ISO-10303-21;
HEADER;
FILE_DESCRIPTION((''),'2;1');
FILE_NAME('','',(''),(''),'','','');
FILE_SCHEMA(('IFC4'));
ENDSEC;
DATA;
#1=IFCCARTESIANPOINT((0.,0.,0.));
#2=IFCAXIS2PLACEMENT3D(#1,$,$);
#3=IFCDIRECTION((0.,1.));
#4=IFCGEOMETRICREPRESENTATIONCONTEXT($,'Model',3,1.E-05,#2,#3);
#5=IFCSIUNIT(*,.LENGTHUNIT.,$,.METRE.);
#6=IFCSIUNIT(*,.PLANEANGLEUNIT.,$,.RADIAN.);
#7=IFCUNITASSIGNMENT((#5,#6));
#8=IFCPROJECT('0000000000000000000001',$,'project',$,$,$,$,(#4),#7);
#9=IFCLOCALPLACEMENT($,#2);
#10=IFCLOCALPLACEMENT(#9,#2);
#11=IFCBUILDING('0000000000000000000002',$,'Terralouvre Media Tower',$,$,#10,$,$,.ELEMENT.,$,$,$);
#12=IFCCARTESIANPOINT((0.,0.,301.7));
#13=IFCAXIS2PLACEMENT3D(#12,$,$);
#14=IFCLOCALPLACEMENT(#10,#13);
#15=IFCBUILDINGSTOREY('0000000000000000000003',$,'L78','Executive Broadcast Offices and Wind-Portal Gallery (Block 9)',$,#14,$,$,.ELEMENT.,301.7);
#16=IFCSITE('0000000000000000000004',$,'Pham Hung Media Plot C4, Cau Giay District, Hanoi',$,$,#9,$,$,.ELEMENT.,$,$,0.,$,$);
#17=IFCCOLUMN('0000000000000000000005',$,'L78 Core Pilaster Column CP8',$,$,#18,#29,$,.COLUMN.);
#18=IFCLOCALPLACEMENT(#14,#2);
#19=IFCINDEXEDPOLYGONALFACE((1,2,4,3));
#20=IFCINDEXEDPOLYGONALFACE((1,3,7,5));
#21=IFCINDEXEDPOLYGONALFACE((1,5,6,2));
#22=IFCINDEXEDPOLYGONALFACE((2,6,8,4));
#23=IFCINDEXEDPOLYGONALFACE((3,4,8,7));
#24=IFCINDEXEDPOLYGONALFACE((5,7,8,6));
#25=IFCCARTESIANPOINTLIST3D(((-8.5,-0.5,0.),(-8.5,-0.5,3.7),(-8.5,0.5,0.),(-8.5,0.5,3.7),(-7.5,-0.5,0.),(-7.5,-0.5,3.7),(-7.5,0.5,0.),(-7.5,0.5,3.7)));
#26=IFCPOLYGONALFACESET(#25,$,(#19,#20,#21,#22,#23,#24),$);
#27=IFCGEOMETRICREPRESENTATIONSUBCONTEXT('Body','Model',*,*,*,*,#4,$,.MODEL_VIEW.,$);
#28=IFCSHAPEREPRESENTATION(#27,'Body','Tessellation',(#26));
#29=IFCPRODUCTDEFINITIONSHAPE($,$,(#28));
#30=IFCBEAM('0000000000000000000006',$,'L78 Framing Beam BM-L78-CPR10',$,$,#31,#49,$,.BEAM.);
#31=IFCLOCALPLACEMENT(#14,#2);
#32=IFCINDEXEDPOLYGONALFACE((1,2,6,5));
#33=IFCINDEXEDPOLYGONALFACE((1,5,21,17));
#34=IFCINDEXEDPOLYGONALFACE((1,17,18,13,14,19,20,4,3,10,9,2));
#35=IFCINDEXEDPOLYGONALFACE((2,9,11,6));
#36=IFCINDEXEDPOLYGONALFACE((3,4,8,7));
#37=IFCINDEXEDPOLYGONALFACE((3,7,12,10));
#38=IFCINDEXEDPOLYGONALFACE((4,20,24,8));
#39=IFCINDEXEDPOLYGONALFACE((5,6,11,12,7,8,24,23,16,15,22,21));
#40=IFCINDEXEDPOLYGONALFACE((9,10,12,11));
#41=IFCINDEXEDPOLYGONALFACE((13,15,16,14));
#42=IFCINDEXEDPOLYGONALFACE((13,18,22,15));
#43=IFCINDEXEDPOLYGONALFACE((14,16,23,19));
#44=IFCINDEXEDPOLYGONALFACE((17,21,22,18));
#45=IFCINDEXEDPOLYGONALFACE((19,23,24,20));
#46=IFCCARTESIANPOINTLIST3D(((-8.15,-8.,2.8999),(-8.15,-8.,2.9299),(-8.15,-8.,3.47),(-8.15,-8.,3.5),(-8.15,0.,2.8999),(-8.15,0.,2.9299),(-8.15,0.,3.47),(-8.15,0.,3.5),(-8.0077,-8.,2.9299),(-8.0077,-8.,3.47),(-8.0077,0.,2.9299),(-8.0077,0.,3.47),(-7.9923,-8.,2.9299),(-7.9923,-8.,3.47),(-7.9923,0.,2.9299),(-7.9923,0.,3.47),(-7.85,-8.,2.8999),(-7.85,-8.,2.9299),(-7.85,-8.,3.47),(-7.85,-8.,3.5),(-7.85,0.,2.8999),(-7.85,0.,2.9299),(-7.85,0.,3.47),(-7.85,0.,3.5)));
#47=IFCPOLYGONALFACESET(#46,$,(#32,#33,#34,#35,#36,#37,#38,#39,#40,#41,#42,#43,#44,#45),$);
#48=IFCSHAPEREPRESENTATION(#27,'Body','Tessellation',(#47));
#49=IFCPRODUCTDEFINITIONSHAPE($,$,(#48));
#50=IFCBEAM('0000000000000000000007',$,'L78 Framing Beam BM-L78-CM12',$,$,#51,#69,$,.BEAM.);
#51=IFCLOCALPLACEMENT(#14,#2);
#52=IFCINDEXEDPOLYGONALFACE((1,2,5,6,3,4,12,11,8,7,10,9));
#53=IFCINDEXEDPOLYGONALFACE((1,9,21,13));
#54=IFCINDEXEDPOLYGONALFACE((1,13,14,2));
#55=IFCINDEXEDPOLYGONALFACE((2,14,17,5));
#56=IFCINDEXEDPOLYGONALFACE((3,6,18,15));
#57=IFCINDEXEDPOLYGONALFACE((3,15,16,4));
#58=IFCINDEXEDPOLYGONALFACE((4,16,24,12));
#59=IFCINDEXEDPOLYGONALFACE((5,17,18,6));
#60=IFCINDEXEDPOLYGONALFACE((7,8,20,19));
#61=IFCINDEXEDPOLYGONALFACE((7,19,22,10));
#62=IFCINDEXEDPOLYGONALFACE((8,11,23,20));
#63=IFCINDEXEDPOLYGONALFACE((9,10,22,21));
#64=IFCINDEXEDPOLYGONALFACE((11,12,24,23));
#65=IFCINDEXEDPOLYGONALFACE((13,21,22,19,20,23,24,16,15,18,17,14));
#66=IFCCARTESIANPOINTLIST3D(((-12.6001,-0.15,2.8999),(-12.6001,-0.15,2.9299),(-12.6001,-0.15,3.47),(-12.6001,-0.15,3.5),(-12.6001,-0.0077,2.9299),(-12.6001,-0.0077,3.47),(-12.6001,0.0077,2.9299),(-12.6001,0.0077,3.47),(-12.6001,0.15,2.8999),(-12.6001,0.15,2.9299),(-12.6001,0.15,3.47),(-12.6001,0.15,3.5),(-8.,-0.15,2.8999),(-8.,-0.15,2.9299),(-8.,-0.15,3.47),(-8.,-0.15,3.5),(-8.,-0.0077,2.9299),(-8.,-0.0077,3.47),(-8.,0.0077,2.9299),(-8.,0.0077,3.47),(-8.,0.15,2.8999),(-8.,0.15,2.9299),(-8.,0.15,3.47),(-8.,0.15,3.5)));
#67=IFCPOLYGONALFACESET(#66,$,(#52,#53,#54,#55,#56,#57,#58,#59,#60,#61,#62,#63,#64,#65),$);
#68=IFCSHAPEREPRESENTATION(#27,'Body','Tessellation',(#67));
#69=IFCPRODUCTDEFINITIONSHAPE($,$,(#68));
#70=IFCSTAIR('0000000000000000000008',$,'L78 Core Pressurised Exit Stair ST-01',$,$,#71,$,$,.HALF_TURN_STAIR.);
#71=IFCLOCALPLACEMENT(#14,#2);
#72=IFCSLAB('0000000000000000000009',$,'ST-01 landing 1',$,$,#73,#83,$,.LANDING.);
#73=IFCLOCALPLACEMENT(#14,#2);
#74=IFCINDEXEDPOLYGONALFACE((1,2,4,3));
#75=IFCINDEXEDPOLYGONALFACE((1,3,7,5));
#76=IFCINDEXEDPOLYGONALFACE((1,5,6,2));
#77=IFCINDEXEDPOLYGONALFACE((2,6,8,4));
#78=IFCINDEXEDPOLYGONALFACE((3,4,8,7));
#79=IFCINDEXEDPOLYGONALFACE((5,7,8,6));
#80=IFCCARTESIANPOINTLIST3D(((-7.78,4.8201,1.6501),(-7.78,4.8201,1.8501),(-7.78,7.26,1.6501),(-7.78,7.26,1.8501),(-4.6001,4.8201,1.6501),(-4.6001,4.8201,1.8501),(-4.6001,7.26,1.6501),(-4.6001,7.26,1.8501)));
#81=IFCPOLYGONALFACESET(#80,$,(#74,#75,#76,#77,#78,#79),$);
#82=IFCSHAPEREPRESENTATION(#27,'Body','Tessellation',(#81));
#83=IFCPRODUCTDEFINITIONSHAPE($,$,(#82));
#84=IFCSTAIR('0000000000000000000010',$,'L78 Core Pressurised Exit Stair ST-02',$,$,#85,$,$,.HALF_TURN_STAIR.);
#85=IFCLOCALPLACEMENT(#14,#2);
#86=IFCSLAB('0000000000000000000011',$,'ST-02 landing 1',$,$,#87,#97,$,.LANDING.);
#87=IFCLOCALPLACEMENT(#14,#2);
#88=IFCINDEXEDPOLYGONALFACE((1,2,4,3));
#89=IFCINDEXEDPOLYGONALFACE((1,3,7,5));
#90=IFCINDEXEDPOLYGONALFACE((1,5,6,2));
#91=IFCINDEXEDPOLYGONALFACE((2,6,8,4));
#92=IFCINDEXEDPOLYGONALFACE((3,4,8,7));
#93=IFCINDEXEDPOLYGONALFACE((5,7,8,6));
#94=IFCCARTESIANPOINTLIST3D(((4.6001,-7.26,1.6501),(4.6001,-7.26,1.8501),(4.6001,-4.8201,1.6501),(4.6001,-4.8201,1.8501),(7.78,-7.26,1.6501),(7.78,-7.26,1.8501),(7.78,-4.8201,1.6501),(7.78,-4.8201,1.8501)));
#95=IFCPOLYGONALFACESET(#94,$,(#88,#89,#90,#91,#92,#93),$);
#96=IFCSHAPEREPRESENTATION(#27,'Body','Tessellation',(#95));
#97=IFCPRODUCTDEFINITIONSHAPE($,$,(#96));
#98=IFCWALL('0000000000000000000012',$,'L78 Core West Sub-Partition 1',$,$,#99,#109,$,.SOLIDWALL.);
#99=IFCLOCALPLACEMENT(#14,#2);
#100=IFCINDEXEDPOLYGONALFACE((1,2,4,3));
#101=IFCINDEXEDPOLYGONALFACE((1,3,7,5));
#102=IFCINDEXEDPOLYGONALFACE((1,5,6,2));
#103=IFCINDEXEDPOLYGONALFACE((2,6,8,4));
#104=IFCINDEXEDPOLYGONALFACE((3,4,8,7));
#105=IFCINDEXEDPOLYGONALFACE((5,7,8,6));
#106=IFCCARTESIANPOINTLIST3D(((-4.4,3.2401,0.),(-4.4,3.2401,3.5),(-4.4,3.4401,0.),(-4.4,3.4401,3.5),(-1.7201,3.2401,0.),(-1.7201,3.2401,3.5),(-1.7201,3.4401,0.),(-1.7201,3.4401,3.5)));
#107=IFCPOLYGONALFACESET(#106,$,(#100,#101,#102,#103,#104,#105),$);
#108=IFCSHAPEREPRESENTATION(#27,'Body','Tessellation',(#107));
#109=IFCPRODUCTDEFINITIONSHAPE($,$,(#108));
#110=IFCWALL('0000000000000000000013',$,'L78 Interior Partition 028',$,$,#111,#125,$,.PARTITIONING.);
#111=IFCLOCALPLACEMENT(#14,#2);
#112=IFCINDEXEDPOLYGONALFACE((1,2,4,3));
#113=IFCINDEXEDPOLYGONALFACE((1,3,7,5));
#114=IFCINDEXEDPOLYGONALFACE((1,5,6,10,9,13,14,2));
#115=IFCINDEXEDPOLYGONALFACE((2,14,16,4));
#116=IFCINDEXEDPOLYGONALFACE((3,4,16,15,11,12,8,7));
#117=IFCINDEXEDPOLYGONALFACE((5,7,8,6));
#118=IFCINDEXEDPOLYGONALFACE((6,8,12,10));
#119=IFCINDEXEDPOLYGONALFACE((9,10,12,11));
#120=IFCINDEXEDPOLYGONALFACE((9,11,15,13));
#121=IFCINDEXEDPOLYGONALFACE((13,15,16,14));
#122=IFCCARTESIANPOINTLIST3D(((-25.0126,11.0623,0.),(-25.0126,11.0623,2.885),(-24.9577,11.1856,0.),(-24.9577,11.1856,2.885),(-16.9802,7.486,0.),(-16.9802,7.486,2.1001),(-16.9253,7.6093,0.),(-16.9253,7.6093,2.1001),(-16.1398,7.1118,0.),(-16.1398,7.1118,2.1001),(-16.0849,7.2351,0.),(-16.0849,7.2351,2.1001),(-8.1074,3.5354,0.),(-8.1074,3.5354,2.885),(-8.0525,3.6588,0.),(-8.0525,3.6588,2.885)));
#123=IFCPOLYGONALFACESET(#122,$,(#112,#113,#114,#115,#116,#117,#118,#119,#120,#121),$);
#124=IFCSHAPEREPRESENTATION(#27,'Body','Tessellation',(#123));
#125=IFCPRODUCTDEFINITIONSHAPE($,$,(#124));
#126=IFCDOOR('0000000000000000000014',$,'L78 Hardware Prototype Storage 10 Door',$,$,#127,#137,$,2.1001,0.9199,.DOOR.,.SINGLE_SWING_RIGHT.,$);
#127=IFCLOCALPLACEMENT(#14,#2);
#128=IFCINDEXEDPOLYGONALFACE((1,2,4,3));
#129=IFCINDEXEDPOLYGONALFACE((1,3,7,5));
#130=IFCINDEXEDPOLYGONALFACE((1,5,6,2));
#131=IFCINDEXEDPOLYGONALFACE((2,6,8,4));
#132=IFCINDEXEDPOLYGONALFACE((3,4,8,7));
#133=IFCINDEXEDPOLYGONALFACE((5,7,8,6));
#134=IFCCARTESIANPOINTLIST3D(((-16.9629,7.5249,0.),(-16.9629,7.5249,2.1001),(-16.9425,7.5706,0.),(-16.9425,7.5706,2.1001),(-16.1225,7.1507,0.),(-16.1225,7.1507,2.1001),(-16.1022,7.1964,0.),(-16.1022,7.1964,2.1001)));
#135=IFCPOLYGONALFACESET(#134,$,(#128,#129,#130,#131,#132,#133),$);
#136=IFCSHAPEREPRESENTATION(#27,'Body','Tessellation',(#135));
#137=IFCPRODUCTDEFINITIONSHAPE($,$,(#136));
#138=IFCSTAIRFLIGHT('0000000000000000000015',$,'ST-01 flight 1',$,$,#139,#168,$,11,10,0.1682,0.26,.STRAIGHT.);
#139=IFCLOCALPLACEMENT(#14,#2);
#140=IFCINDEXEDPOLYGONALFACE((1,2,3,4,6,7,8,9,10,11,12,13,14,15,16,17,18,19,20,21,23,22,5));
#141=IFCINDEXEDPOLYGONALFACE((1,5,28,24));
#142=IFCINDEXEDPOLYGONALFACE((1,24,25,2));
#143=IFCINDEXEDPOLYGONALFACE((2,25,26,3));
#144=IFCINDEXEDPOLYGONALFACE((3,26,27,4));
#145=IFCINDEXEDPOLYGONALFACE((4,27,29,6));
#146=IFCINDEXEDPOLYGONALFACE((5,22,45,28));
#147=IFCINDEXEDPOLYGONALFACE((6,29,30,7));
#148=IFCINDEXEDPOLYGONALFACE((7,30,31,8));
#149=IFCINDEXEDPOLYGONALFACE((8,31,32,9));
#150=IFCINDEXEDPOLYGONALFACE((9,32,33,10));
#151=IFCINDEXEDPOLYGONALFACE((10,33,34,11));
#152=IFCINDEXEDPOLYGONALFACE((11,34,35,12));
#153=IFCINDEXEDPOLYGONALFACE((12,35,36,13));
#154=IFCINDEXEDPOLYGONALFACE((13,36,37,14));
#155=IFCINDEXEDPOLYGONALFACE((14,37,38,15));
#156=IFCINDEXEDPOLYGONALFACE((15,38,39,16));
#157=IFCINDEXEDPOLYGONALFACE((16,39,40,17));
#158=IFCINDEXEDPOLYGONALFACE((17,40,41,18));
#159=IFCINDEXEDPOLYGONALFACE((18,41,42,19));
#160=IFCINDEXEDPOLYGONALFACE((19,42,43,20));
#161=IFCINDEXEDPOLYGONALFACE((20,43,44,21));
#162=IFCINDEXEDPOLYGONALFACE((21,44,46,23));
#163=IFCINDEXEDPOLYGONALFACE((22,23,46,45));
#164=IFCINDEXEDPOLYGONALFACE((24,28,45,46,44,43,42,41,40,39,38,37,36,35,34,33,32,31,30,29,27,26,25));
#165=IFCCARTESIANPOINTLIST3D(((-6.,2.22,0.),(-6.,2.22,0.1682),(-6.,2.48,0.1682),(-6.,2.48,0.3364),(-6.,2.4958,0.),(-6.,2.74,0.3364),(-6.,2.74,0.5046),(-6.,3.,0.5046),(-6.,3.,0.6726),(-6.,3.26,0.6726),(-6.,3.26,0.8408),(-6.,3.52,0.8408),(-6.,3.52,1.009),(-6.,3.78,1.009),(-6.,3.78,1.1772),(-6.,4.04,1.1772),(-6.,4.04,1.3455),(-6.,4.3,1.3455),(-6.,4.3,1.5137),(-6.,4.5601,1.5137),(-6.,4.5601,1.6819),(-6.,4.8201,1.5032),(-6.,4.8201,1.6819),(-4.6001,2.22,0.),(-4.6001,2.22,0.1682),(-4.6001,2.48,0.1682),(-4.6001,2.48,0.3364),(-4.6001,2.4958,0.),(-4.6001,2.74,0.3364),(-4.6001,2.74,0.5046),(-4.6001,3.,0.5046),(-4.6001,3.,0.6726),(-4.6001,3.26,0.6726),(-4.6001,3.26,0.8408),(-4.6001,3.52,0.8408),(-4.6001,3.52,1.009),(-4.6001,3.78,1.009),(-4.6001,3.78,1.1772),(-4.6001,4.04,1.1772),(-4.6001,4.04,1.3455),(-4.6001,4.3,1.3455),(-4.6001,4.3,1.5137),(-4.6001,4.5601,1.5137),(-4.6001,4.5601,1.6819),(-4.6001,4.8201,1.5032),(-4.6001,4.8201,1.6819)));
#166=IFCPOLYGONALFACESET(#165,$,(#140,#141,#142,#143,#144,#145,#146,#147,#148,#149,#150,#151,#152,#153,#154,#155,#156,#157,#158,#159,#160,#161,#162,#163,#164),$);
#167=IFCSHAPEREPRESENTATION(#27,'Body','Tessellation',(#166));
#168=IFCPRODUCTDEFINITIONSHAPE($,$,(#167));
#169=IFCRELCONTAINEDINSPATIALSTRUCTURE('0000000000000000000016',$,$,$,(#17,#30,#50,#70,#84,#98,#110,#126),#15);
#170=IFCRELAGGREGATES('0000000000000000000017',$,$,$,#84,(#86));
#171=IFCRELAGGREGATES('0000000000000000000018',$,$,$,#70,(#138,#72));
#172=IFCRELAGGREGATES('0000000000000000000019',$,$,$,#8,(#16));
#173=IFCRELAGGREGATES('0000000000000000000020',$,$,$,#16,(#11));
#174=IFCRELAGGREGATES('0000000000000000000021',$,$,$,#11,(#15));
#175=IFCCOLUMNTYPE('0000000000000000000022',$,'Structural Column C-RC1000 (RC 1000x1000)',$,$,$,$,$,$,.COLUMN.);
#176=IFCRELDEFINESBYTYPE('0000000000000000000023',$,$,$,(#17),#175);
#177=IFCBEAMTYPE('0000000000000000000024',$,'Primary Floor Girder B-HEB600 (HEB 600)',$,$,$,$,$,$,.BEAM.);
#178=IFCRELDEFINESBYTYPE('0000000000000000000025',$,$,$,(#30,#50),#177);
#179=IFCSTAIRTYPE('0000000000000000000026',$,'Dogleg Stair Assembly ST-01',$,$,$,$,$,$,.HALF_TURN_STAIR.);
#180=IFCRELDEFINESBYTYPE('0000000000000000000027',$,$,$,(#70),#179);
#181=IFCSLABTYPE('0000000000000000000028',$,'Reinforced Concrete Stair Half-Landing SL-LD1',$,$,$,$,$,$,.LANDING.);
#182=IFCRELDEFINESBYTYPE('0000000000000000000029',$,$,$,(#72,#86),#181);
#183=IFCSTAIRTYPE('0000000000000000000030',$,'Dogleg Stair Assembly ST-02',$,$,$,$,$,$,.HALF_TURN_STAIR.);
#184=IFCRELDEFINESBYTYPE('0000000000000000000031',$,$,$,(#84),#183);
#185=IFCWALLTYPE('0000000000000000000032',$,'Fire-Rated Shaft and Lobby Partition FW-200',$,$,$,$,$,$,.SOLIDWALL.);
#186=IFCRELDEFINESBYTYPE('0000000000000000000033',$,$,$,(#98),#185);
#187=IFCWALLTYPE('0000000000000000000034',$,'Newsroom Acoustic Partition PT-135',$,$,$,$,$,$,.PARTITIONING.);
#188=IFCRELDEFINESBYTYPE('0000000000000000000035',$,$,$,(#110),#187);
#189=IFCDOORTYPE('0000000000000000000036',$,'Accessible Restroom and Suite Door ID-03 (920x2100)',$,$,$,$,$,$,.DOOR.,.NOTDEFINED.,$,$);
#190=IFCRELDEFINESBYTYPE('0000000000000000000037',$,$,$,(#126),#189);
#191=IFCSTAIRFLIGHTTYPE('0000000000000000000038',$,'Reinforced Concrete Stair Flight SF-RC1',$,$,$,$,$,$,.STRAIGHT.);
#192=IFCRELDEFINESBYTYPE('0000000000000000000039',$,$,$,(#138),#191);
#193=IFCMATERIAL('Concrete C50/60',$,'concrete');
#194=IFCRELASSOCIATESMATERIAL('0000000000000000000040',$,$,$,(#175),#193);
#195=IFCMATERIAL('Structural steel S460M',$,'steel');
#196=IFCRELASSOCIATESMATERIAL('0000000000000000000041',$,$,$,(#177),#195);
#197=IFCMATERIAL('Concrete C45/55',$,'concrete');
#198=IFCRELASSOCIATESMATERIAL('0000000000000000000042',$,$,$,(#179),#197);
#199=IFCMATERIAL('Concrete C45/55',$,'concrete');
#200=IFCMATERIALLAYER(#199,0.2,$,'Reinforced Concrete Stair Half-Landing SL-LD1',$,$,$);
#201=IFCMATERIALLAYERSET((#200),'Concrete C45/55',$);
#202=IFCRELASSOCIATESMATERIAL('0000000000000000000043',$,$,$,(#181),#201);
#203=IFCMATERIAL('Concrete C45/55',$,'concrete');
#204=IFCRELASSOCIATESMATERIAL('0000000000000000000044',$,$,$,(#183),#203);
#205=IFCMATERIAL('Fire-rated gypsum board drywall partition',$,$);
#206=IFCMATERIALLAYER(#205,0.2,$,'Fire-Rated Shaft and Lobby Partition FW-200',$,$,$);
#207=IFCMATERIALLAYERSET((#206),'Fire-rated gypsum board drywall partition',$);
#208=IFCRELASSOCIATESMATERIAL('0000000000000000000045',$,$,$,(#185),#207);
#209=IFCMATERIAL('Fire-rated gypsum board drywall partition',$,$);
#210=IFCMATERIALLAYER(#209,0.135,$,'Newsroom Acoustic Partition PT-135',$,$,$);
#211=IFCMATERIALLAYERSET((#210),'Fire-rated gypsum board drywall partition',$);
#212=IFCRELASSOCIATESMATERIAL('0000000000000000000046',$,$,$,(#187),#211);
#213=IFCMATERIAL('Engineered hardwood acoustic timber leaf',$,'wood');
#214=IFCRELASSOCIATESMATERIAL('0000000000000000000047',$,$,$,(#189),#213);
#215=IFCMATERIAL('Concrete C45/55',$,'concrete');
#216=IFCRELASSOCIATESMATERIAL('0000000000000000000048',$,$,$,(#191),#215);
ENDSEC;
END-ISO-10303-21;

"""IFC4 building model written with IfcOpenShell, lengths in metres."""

from ifc_helpers import new_model, si_unit, direction, frame, frame_2d, origin, origin_2d, place, context, subcontext, project, spatial, polyline, rectangle, i_section, outline, extrude, material, layer, layer_set, material_profile, profile_set, type_object, element, fill, aggregate, save


model = new_model("IFC4")

# Units and contexts
model_context = context("Model", 3, precision=1e-05, world=origin(), true_north=direction((0.0, 1.0)))
body_context = subcontext(model_context, "Body", "Model", "MODEL_VIEW")
ifc_project = project(units=[si_unit("LENGTHUNIT", "METRE"), si_unit("PLANEANGLEUNIT", "RADIAN")], contexts=[model_context])

# Site, building, storey
site_placement = place(None, origin())
site = spatial("IfcSite", under=ifc_project, at=site_placement, Name="Pham Hung Media Plot C4, Cau Giay District, Hanoi", CompositionType="ELEMENT", RefElevation=0.0)
building_placement = place(site_placement, origin())
building = spatial("IfcBuilding", under=site, at=building_placement, Name="Terralouvre Media Tower", CompositionType="ELEMENT")
storey_placement = place(building_placement, frame((0.0, 0.0, 301.7)))
storey = spatial("IfcBuildingStorey", under=building, at=storey_placement, Name="L78", Description="Executive Broadcast Offices and Wind-Portal Gallery (Block 9)", CompositionType="ELEMENT", Elevation=301.7)

# Column
ifc_material_1 = material(Name="Concrete C50/60", Category="concrete")
ifc_material_profile_1 = material_profile(ifc_material_1, rectangle(XDim=1.0, YDim=1.0, at=origin_2d()), Name="RC 1000x1000")
ifc_profile_set_1 = profile_set([ifc_material_profile_1], Name="Concrete C50/60")
column_type = type_object("IfcColumnType", Name="Structural Column C-RC1000 (RC 1000x1000)", PredefinedType="COLUMN", material=ifc_profile_set_1)
column_placement = place(storey_placement, frame((-8.0, 0.0, 0.0), z_axis=(0.0, 0.0, 1.0), x_axis=(1.0, 0.0, 0.0)))
element("IfcColumn", 1, at=column_placement, inside=storey, type_object=column_type, Name="L78 Core Pilaster Column CP8", PredefinedType="COLUMN", context=body_context, shape_type="SweptSolid", body=[
    extrude(rectangle(XDim=1.0, YDim=1.0, at=origin_2d()), origin(), (0.0, 0.0, 1.0), 3.7),
])

# Beams
ifc_material_2 = material(Name="Structural steel S460M", Category="steel")
ifc_material_profile_2 = material_profile(ifc_material_2, i_section(OverallWidth=0.3, OverallDepth=0.6001, WebThickness=0.0154, FlangeThickness=0.03, at=origin_2d()), Name="HEB 600")
ifc_profile_set_2 = profile_set([ifc_material_profile_2], Name="Structural steel S460M")
beam_type = type_object("IfcBeamType", Name="Primary Floor Girder B-HEB600 (HEB 600)", PredefinedType="BEAM", material=ifc_profile_set_2)
beam_1_placement = place(storey_placement, frame((-8.0, 0.0, 3.2), z_axis=(0.0, -1.0, 0.0), x_axis=(1.0, 0.0, 0.0)))
element("IfcBeam", 2, at=beam_1_placement, inside=storey, type_object=beam_type, Name="L78 Framing Beam BM-L78-CPR10", PredefinedType="BEAM", context=body_context, shape_type="SweptSolid", body=[
    extrude(i_section(OverallWidth=0.3, OverallDepth=0.6001, WebThickness=0.0154, FlangeThickness=0.03, at=origin_2d()), origin(), (0.0, 0.0, 1.0), 8.0),
])
beam_2_placement = place(storey_placement, frame((-8.0, 0.0, 3.2), z_axis=(-1.0, 0.0, 0.0), x_axis=(0.0, -1.0, 0.0)))
element("IfcBeam", 3, at=beam_2_placement, inside=storey, type_object=beam_type, Name="L78 Framing Beam BM-L78-CM12", PredefinedType="BEAM", context=body_context, shape_type="SweptSolid", body=[
    extrude(i_section(OverallWidth=0.3, OverallDepth=0.6001, WebThickness=0.0154, FlangeThickness=0.03, at=origin_2d()), origin(), (0.0, 0.0, 1.0), 4.6001),
])

# Stairs, slabs
ifc_material_3 = material(Name="Concrete C45/55", Category="concrete")
stair_type_1 = type_object("IfcStairType", Name="Dogleg Stair Assembly ST-01", PredefinedType="HALF_TURN_STAIR", material=ifc_material_3)
stair_1_placement = place(storey_placement, origin())
stair_1 = element("IfcStair", 4, at=stair_1_placement, inside=storey, type_object=stair_type_1, Name="L78 Core Pressurised Exit Stair ST-01", PredefinedType="HALF_TURN_STAIR")
ifc_material_4 = material(Name="Concrete C45/55", Category="concrete")
ifc_layer_1 = layer(ifc_material_4, 0.2, Name="Reinforced Concrete Stair Half-Landing SL-LD1")
ifc_layer_set_1 = layer_set([ifc_layer_1], Name="Concrete C45/55")
slab_type_1 = type_object("IfcSlabType", Name="Reinforced Concrete Stair Half-Landing SL-LD1", PredefinedType="LANDING", material=ifc_layer_set_1)
slab_1_placement = place(storey_placement, frame((0.0, 0.0, 1.6501)))
slab_1 = element("IfcSlab", 5, at=slab_1_placement, type_object=slab_type_1, Name="ST-01 landing 1", PredefinedType="LANDING", context=body_context, shape_type="SweptSolid", body=[
    extrude(outline(polyline([(-4.6001, 4.8201), (-4.6001, 7.26), (-7.78, 7.26), (-7.78, 4.8201), (-4.6001, 4.8201)])), origin(), (0.0, 0.0, 1.0), 0.2),
])
ifc_material_5 = material(Name="Concrete C45/55", Category="concrete")
stair_type_2 = type_object("IfcStairType", Name="Dogleg Stair Assembly ST-02", PredefinedType="HALF_TURN_STAIR", material=ifc_material_5)
stair_2_placement = place(storey_placement, origin())
stair_2 = element("IfcStair", 6, at=stair_2_placement, inside=storey, type_object=stair_type_2, Name="L78 Core Pressurised Exit Stair ST-02", PredefinedType="HALF_TURN_STAIR")
slab_2_placement = place(storey_placement, frame((0.0, 0.0, 1.6501)))
slab_2 = element("IfcSlab", 7, at=slab_2_placement, type_object=slab_type_1, Name="ST-02 landing 1", PredefinedType="LANDING", context=body_context, shape_type="SweptSolid", body=[
    extrude(outline(polyline([(4.6001, -4.8201), (4.6001, -7.26), (7.78, -7.26), (7.78, -4.8201), (4.6001, -4.8201)])), origin(), (0.0, 0.0, 1.0), 0.2),
])
aggregate(stair_2, [slab_2])

# Wall
ifc_material_6 = material(Name="Fire-rated gypsum board drywall partition")
ifc_layer_2 = layer(ifc_material_6, 0.2, Name="Fire-Rated Shaft and Lobby Partition FW-200")
ifc_layer_set_2 = layer_set([ifc_layer_2], Name="Fire-rated gypsum board drywall partition")
wall_type_1 = type_object("IfcWallType", Name="Fire-Rated Shaft and Lobby Partition FW-200", PredefinedType="SOLIDWALL", material=ifc_layer_set_2)
wall_1_placement = place(storey_placement, frame((-4.3999, 3.3401, 0.0), z_axis=(0.0, 0.0, 1.0), x_axis=(1.0, 0.0, 0.0)))
element("IfcWall", 8, at=wall_1_placement, inside=storey, type_object=wall_type_1, Name="L78 Core West Sub-Partition 1", PredefinedType="SOLIDWALL", context=body_context, shape_type="SweptSolid", body=[
    extrude(rectangle(XDim=2.6799, YDim=0.2, at=frame_2d((1.3398, 0.0))), origin(), (0.0, 0.0, 1.0), 3.5),
])

# Wall, opening, door
ifc_material_7 = material(Name="Fire-rated gypsum board drywall partition")
ifc_layer_3 = layer(ifc_material_7, 0.135, Name="Newsroom Acoustic Partition PT-135")
ifc_layer_set_3 = layer_set([ifc_layer_3], Name="Fire-rated gypsum board drywall partition")
wall_type_2 = type_object("IfcWallType", Name="Newsroom Acoustic Partition PT-135", PredefinedType="PARTITIONING", material=ifc_layer_set_3)
wall_2_placement = place(storey_placement, frame((-8.0801, 3.5972, 0.0), z_axis=(0.0, 0.0, 1.0), x_axis=(-0.913543, 0.406743, 0.0)))
wall_2 = element("IfcWall", 9, at=wall_2_placement, inside=storey, type_object=wall_type_2, Name="L78 Interior Partition 028", PredefinedType="PARTITIONING", context=body_context, shape_type="SweptSolid", body=[
    extrude(rectangle(XDim=18.5051, YDim=0.135, at=frame_2d((9.2524, 0.0))), origin(), (0.0, 0.0, 1.0), 2.885),
])
opening_1_placement = place(wall_2_placement, frame((8.7925, 0.0, 0.0)))
opening_1 = element("IfcOpeningElement", 10, at=opening_1_placement, cuts=wall_2, PredefinedType="OPENING", context=body_context, shape_type="SweptSolid", body=[
    extrude(rectangle(XDim=0.9199, YDim=2.1001, at=frame_2d((0.46, 1.05))), frame((0.0, 0.0774, 0.0), z_axis=(0.0, -1.0, 0.0), x_axis=(1.0, 0.0, 0.0)), (0.0, 0.0, 1.0), 0.155),
])
ifc_material_8 = material(Name="Engineered hardwood acoustic timber leaf", Category="wood")
door_type_1 = type_object("IfcDoorType", Name="Accessible Restroom and Suite Door ID-03 (920x2100)", OperationType="NOTDEFINED", PredefinedType="DOOR", material=ifc_material_8)
door_1_placement = place(opening_1_placement, origin())
door_1 = element("IfcDoor", 11, at=door_1_placement, inside=storey, type_object=door_type_1, Name="L78 Hardware Prototype Storage 10 Door", OperationType="SINGLE_SWING_RIGHT", OverallHeight=2.1001, OverallWidth=0.9199, PredefinedType="DOOR", context=body_context, shape_type="SweptSolid", body=[
    extrude(rectangle(XDim=0.9199, YDim=2.1001, at=frame_2d((0.46, 1.05))), frame((0.0, 0.0249, 0.0), z_axis=(0.0, -1.0, 0.0), x_axis=(1.0, 0.0, 0.0)), (0.0, 0.0, 1.0), 0.05),
])
fill(opening_1, door_1)

# Stair flight
ifc_material_9 = material(Name="Concrete C45/55", Category="concrete")
stair_flight_type = type_object("IfcStairFlightType", Name="Reinforced Concrete Stair Flight SF-RC1", PredefinedType="STRAIGHT", material=ifc_material_9)
stair_flight_1_placement = place(storey_placement, frame((-5.3, 2.22, 0.0), z_axis=(0.0, 0.0, 1.0), x_axis=(0.0, 1.0, 0.0)))
stair_flight_1 = element("IfcStairFlight", 12, at=stair_flight_1_placement, type_object=stair_flight_type, Name="ST-01 flight 1", NumberOfRisers=11, NumberOfTreads=10, PredefinedType="STRAIGHT", RiserHeight=0.1682, TreadLength=0.26, context=body_context, shape_type="SweptSolid", body=[
    extrude(outline(polyline([(0.0, 0.0), (0.0, 0.1682), (0.26, 0.1682), (0.26, 0.3364), (0.52, 0.3364), (0.52, 0.5046), (0.78, 0.5046), (0.78, 0.6726), (1.04, 0.6726), (1.04, 0.8408), (1.3, 0.8408), (1.3, 1.009), (1.5601, 1.009), (1.5601, 1.1772), (1.8201, 1.1772), (1.8201, 1.3455), (2.0801, 1.3455), (2.0801, 1.5137), (2.3401, 1.5137), (2.3401, 1.6819), (2.6001, 1.6819), (2.6001, 1.8501), (2.6001, 1.5032), (0.2759, 0.0), (0.0, 0.0)])), frame((0.0, 0.7, 0.0), z_axis=(0.0, -1.0, 0.0), x_axis=(1.0, 0.0, 0.0)), (0.0, 0.0, 1.0), 1.3999),
])
aggregate(stair_1, [stair_flight_1, slab_1])

save(model, "model.ifc")
